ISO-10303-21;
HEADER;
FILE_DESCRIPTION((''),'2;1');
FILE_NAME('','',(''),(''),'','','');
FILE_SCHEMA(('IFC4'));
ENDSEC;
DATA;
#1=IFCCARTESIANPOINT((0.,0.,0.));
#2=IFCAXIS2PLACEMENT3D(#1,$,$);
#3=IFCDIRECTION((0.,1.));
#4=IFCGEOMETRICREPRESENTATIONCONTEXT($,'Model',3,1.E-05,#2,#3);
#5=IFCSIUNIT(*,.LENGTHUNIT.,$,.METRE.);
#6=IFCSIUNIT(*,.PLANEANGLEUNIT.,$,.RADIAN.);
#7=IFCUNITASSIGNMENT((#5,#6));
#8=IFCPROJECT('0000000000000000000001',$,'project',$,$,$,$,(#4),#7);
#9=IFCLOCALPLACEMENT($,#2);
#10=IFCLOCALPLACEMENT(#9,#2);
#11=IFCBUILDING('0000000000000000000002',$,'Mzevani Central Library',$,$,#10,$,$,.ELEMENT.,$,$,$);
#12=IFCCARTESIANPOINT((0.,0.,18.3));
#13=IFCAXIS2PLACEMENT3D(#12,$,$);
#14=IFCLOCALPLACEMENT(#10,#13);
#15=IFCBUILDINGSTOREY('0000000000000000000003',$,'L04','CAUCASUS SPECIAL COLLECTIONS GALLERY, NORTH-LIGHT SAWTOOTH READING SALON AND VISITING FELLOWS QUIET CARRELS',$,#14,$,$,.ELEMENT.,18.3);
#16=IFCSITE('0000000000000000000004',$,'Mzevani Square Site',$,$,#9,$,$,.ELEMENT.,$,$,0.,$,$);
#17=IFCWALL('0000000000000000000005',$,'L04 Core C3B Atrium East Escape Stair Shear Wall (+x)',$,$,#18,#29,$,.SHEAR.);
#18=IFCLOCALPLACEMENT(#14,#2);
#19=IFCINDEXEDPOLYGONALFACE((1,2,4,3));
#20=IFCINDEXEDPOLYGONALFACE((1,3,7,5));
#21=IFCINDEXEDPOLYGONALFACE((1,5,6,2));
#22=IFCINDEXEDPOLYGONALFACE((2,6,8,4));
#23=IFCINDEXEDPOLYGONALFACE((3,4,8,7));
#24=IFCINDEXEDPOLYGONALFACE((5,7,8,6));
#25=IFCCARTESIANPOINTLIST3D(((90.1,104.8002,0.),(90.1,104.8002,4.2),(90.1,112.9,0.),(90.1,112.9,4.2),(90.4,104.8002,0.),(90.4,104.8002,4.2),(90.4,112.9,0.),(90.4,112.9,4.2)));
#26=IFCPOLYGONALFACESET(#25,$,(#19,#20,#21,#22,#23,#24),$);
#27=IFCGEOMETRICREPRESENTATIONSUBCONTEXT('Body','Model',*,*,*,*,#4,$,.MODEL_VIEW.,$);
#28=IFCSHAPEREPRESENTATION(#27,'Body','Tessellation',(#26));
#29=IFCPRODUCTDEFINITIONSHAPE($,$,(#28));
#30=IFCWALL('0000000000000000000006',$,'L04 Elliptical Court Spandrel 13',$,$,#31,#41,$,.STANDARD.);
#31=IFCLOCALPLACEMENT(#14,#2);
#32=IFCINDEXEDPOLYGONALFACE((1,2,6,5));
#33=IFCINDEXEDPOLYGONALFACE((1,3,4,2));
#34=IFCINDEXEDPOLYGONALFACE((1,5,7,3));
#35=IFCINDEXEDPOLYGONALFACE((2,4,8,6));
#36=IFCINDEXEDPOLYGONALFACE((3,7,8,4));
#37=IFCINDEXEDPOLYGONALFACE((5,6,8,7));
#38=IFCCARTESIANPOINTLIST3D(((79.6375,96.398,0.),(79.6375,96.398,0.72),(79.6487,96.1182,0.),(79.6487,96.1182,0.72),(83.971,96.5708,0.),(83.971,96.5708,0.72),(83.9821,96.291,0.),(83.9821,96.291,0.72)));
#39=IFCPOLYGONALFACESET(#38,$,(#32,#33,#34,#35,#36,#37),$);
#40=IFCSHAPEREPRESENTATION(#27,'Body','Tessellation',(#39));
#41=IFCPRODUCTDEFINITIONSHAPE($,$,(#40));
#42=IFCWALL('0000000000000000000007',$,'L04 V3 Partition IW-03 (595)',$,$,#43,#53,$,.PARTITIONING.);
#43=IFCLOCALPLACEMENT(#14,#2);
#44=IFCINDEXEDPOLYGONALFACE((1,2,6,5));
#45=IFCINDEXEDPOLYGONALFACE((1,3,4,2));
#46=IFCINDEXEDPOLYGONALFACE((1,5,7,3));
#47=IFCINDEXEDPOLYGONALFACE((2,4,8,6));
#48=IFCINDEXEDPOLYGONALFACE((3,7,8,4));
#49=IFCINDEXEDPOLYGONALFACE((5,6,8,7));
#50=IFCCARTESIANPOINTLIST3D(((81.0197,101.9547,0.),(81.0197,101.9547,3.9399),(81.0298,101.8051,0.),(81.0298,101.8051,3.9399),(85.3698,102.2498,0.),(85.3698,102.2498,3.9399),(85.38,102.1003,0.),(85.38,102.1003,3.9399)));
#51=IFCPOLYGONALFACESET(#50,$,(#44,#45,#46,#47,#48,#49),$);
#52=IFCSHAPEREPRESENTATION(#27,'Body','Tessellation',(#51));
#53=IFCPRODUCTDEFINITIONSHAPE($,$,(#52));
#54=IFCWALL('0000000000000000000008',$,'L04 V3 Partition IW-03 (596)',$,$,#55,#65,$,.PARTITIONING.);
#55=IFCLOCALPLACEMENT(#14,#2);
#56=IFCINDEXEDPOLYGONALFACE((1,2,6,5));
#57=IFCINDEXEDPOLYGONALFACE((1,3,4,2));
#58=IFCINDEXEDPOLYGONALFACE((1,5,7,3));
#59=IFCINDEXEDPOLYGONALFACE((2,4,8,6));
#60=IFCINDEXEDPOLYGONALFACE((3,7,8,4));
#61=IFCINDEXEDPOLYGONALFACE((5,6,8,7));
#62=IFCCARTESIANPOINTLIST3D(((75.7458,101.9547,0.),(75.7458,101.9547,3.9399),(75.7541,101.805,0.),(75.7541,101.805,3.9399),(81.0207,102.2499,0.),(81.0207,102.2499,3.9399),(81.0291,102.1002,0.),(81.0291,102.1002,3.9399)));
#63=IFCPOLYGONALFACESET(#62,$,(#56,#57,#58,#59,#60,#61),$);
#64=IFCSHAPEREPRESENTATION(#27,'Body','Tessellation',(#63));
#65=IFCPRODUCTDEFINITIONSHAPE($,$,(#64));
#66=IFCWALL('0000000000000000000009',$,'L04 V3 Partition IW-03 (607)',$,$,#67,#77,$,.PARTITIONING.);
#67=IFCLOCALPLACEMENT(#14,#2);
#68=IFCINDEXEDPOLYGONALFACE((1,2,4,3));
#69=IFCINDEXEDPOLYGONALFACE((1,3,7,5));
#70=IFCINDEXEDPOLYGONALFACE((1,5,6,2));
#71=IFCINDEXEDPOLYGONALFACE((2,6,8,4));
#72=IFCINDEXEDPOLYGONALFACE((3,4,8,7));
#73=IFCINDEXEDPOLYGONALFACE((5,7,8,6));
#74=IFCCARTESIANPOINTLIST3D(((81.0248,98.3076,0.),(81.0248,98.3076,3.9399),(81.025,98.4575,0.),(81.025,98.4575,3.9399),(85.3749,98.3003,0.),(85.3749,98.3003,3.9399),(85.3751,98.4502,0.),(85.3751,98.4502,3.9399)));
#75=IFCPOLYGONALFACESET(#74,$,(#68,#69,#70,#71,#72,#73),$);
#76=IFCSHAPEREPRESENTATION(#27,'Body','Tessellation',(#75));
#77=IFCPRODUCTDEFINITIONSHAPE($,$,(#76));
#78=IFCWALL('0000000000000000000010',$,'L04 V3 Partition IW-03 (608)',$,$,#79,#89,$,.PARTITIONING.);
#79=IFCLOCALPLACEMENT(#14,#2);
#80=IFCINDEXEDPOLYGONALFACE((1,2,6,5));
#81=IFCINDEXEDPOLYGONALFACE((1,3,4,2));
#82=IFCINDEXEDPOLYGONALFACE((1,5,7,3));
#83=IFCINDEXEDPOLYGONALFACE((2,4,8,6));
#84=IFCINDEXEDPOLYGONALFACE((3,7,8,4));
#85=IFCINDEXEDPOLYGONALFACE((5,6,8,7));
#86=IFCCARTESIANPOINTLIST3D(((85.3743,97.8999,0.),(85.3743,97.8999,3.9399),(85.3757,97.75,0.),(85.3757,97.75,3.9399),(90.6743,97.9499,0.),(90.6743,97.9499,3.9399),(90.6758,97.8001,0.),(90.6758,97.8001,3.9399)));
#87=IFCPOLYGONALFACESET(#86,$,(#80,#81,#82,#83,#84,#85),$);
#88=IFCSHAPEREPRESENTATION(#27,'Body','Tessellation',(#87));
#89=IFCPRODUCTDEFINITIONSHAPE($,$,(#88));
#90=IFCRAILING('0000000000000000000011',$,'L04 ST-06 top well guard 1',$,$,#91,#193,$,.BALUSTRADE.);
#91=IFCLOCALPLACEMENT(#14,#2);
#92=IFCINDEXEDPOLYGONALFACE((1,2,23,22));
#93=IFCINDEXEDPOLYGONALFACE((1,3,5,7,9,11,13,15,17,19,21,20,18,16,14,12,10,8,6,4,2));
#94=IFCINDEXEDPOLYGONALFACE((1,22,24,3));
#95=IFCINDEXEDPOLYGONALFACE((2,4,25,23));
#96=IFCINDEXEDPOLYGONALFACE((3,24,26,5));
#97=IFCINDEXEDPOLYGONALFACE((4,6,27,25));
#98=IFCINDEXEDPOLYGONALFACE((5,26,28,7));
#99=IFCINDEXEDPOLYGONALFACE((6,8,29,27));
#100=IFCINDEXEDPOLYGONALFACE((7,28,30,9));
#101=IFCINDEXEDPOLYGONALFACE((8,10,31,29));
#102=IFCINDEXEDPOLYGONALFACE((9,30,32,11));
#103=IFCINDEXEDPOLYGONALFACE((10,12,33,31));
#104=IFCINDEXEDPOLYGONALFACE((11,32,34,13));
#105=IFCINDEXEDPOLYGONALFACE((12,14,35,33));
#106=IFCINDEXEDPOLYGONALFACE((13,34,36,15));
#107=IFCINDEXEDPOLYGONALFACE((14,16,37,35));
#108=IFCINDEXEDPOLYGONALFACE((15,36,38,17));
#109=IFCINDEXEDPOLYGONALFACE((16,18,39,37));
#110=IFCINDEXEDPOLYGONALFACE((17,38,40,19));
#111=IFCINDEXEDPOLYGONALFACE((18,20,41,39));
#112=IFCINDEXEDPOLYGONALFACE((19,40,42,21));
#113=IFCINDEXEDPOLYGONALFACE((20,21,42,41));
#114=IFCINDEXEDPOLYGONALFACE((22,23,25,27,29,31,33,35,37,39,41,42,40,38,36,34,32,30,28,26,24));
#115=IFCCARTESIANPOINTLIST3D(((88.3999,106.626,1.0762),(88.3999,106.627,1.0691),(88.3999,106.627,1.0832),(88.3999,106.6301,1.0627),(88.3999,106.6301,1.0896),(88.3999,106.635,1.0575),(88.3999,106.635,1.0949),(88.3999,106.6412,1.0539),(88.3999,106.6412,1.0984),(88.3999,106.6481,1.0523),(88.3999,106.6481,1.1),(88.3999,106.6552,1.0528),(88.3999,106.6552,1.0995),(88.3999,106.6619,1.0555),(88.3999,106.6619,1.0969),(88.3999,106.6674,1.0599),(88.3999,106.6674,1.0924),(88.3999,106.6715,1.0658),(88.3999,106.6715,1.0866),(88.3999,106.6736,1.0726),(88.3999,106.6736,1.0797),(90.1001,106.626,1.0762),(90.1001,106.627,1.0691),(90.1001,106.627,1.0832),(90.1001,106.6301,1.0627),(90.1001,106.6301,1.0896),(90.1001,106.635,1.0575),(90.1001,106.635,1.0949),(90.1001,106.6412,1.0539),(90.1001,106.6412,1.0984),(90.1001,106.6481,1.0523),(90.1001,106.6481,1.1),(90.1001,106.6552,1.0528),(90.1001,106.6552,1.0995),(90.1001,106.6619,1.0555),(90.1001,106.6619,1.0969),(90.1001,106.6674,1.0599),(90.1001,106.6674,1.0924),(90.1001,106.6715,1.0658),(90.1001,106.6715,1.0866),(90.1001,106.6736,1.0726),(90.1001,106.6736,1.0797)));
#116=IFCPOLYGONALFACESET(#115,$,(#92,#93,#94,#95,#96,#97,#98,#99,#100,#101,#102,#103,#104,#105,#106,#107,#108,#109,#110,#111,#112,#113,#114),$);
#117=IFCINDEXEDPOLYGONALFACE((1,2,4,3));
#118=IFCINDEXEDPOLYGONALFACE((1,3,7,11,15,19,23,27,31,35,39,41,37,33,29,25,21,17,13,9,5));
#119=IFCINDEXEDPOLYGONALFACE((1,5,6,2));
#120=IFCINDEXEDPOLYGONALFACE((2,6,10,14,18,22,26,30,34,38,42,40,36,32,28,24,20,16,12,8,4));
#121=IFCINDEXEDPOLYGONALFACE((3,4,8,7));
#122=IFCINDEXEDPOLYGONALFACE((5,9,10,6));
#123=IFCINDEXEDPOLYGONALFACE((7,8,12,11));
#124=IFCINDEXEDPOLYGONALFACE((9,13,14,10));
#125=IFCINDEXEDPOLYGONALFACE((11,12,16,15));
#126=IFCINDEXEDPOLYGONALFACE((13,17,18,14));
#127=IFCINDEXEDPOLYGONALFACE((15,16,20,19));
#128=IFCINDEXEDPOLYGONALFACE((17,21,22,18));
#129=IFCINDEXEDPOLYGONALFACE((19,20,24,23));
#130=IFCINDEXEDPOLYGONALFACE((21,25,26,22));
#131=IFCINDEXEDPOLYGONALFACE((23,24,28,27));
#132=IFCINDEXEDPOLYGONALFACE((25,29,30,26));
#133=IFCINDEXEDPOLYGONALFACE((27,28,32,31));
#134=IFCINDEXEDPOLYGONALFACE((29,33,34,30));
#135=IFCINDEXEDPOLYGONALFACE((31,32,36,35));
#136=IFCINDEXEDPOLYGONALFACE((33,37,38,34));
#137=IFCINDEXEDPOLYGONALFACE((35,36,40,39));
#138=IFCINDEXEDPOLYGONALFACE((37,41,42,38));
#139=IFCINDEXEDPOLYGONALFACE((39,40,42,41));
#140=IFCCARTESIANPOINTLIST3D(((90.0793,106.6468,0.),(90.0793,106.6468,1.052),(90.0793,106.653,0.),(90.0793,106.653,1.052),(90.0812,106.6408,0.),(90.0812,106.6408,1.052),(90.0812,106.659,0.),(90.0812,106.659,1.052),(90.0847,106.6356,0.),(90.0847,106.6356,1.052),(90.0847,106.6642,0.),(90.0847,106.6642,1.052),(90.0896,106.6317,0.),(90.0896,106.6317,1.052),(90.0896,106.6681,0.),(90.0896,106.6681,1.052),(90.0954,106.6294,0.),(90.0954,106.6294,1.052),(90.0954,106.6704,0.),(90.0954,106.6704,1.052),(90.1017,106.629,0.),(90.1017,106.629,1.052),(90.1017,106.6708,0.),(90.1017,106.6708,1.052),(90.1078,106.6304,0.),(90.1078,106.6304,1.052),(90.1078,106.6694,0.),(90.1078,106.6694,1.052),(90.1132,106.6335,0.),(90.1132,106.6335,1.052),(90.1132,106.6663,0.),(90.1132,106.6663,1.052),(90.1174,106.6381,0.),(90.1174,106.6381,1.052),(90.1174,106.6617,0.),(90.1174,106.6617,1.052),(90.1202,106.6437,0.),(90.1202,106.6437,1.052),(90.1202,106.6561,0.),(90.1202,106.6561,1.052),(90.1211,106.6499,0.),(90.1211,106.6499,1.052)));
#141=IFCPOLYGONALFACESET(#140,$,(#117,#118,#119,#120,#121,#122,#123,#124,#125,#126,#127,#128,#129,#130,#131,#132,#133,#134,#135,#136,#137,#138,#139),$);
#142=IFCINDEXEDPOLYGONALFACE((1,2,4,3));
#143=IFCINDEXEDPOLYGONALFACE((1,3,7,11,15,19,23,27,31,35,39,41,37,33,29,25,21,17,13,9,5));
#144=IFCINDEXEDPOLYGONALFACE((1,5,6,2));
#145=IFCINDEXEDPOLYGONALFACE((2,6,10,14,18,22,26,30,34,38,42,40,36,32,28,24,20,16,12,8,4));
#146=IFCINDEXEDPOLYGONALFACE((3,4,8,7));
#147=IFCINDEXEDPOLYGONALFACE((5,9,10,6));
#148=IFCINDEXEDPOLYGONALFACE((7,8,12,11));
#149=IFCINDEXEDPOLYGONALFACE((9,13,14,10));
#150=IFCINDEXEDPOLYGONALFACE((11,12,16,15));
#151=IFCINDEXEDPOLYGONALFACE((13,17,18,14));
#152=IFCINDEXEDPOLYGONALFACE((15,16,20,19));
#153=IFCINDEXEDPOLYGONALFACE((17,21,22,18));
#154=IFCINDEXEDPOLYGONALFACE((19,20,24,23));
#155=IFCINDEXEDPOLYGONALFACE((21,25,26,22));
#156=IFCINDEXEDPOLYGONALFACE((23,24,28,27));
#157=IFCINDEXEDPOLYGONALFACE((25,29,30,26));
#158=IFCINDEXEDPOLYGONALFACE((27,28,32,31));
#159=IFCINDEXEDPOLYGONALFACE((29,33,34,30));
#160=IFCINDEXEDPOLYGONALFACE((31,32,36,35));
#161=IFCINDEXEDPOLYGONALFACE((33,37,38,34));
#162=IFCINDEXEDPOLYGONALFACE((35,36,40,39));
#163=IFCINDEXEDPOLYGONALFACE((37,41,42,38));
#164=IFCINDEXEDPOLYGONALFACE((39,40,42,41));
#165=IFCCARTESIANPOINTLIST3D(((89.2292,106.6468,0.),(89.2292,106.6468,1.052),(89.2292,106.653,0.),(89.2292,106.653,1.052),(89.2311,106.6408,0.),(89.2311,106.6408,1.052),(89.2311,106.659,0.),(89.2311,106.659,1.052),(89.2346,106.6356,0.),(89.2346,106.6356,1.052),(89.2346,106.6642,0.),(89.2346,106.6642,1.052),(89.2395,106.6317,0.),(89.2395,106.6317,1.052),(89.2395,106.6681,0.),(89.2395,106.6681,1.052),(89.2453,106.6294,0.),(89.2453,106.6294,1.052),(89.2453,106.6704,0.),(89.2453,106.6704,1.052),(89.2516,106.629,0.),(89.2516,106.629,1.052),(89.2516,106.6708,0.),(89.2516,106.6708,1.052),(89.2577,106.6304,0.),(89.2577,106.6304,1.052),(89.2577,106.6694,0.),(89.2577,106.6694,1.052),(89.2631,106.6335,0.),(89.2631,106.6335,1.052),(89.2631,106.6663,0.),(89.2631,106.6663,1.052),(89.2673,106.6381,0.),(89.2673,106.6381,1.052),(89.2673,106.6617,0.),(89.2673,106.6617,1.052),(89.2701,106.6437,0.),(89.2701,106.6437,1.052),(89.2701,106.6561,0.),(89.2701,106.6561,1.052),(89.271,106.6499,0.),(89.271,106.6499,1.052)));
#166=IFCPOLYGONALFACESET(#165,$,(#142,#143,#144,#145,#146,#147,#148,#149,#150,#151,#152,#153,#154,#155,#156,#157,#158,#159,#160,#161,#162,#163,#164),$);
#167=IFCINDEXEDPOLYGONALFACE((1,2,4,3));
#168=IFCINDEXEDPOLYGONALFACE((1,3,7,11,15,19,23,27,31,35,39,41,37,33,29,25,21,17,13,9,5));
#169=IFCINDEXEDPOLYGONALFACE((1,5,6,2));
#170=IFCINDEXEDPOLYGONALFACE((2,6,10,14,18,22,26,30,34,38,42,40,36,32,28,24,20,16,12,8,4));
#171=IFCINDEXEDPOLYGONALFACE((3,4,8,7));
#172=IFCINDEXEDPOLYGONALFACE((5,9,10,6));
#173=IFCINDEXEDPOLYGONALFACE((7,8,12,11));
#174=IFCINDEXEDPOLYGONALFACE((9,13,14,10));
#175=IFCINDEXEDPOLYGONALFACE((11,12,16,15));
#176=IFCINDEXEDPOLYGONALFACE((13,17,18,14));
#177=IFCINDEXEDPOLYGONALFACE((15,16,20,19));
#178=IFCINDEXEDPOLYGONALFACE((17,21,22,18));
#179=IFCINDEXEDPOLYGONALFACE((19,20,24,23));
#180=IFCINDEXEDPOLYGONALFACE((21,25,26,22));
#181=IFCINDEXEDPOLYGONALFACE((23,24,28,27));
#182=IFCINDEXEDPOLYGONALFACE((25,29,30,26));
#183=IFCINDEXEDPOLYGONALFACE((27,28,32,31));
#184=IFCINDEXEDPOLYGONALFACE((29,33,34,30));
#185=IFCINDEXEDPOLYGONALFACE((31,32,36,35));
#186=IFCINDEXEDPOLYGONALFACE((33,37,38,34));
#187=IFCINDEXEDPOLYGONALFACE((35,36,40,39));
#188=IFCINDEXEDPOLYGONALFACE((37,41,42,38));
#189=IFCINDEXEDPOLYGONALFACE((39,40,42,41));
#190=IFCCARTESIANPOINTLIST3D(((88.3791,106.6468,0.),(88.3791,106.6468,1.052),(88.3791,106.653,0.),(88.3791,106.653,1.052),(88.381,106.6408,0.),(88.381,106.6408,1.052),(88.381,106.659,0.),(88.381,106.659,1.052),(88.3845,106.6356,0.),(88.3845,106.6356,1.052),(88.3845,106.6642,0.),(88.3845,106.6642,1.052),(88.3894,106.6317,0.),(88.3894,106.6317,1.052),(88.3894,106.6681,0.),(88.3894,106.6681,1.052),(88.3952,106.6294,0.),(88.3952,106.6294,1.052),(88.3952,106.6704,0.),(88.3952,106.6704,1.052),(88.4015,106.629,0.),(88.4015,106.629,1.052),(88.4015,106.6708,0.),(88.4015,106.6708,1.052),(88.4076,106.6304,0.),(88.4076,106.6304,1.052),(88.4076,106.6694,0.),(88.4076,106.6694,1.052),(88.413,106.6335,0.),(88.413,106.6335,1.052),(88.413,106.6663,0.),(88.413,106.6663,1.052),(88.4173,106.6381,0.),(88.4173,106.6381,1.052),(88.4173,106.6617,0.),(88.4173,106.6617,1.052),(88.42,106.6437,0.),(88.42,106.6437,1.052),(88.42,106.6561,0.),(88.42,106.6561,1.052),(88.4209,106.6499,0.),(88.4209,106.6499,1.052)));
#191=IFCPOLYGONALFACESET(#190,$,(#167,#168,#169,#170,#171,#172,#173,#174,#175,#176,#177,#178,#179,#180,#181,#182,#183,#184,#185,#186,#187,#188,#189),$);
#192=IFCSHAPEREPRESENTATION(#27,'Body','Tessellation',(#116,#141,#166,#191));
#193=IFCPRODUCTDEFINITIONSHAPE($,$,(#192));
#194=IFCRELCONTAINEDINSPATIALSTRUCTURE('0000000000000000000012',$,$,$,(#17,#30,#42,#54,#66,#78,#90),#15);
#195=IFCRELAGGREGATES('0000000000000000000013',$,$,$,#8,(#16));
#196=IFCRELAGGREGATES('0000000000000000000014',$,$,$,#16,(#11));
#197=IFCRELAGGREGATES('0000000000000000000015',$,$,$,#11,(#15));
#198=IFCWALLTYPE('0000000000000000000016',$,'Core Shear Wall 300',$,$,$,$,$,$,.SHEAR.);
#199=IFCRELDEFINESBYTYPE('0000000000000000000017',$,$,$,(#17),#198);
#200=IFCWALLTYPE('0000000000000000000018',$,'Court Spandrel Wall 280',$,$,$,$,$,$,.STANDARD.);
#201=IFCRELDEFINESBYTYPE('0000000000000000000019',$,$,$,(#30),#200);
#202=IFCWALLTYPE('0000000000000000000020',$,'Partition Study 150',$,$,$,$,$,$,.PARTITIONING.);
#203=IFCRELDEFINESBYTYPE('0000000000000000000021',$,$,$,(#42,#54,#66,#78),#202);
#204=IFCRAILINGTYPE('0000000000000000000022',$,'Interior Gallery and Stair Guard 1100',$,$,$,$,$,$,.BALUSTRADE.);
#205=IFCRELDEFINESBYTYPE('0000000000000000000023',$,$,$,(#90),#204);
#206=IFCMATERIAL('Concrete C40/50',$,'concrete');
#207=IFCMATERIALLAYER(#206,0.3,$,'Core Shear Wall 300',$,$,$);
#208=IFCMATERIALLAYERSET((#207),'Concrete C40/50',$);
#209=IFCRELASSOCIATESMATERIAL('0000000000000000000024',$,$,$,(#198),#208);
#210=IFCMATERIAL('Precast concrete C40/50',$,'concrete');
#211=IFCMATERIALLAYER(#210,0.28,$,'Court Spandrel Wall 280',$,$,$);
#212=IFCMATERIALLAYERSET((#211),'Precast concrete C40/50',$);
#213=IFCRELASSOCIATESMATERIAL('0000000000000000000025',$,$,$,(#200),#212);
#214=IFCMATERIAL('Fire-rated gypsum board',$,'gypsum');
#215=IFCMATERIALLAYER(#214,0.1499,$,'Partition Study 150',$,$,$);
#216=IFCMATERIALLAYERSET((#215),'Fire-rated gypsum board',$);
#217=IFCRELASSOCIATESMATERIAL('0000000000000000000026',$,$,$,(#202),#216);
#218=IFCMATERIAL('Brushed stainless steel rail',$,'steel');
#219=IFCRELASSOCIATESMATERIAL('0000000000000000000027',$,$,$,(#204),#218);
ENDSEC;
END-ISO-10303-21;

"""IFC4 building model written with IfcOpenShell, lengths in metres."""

from ifc_helpers import new_model, si_unit, direction, frame, frame_2d, origin, origin_2d, place, context, subcontext, project, spatial, rectangle, circle, extrude, material, layer, layer_set, type_object, element, save


model = new_model("IFC4")

# Units and contexts
model_context = context("Model", 3, precision=1e-05, world=origin(), true_north=direction((0.0, 1.0)))
body_context = subcontext(model_context, "Body", "Model", "MODEL_VIEW")
ifc_project = project(units=[si_unit("LENGTHUNIT", "METRE"), si_unit("PLANEANGLEUNIT", "RADIAN")], contexts=[model_context])

# Site, building, storey
site_placement = place(None, origin())
site = spatial("IfcSite", under=ifc_project, at=site_placement, Name="Mzevani Square Site", CompositionType="ELEMENT", RefElevation=0.0)
building_placement = place(site_placement, origin())
building = spatial("IfcBuilding", under=site, at=building_placement, Name="Mzevani Central Library", CompositionType="ELEMENT")
storey_placement = place(building_placement, frame((0.0, 0.0, 18.3)))
storey = spatial("IfcBuildingStorey", under=building, at=storey_placement, Name="L04", Description="CAUCASUS SPECIAL COLLECTIONS GALLERY, NORTH-LIGHT SAWTOOTH READING SALON AND VISITING FELLOWS QUIET CARRELS", CompositionType="ELEMENT", Elevation=18.3)

# Shared definitions
ifc_material_1 = material(Name="Concrete C40/50", Category="concrete")

# Walls
ifc_layer_1 = layer(ifc_material_1, 0.3, Name="Core Shear Wall 300")
ifc_layer_set_1 = layer_set([ifc_layer_1], Name="Concrete C40/50")
wall_type_1 = type_object("IfcWallType", Name="Core Shear Wall 300", PredefinedType="SHEAR", material=ifc_layer_set_1)
wall_1_placement = place(storey_placement, frame((90.25, 112.8999, 0.0), z_axis=(0.0, 0.0, 1.0), x_axis=(0.0, -1.0, 0.0)))
element("IfcWall", 1, at=wall_1_placement, inside=storey, type_object=wall_type_1, Name="L04 Core C3B Atrium East Escape Stair Shear Wall (+x)", PredefinedType="SHEAR", context=body_context, shape_type="SweptSolid", body=[
    extrude(rectangle(XDim=8.0999, YDim=0.3, at=frame_2d((4.0498, 0.0))), origin(), (0.0, 0.0, 1.0), 4.2),
])
ifc_material_2 = material(Name="Precast concrete C40/50", Category="concrete")
ifc_layer_2 = layer(ifc_material_2, 0.28, Name="Court Spandrel Wall 280")
ifc_layer_set_2 = layer_set([ifc_layer_2], Name="Precast concrete C40/50")
wall_type_2 = type_object("IfcWallType", Name="Court Spandrel Wall 280", PredefinedType="STANDARD", material=ifc_layer_set_2)
wall_2_placement = place(storey_placement, frame((83.9766, 96.4309, 0.0), z_axis=(0.0, 0.0, 1.0), x_axis=(-0.999205, -0.039856, 0.0)))
element("IfcWall", 2, at=wall_2_placement, inside=storey, type_object=wall_type_2, Name="L04 Elliptical Court Spandrel 13", PredefinedType="STANDARD", context=body_context, shape_type="SweptSolid", body=[
    extrude(rectangle(XDim=4.3369, YDim=0.28, at=frame_2d((2.1685, 0.0))), origin(), (0.0, 0.0, 1.0), 0.72),
])
ifc_material_3 = material(Name="Fire-rated gypsum board", Category="gypsum")
ifc_layer_3 = layer(ifc_material_3, 0.1499, Name="Partition Study 150")
ifc_layer_set_3 = layer_set([ifc_layer_3], Name="Fire-rated gypsum board")
wall_type_3 = type_object("IfcWallType", Name="Partition Study 150", PredefinedType="PARTITIONING", material=ifc_layer_set_3)
wall_3_placement = place(storey_placement, frame((85.375, 102.175, 0.0), z_axis=(0.0, 0.0, 1.0), x_axis=(-0.997706, -0.067697, 0.0)))
element("IfcWall", 3, at=wall_3_placement, inside=storey, type_object=wall_type_3, Name="L04 V3 Partition IW-03 (595)", PredefinedType="PARTITIONING", context=body_context, shape_type="SweptSolid", body=[
    extrude(rectangle(XDim=4.3601, YDim=0.1499, at=frame_2d((2.1802, 0.0))), origin(), (0.0, 0.0, 1.0), 3.9399),
])
wall_4_placement = place(storey_placement, frame((81.0249, 102.175, 0.0), z_axis=(0.0, 0.0, 1.0), x_axis=(-0.998438, -0.055869, 0.0)))
element("IfcWall", 4, at=wall_4_placement, inside=storey, type_object=wall_type_3, Name="L04 V3 Partition IW-03 (596)", PredefinedType="PARTITIONING", context=body_context, shape_type="SweptSolid", body=[
    extrude(rectangle(XDim=5.2832, YDim=0.1499, at=frame_2d((2.6416, 0.0))), origin(), (0.0, 0.0, 1.0), 3.9399),
])
wall_5_placement = place(storey_placement, frame((81.0249, 98.3826, 0.0), z_axis=(0.0, 0.0, 1.0), x_axis=(0.999999, -0.001684, 0.0)))
element("IfcWall", 5, at=wall_5_placement, inside=storey, type_object=wall_type_3, Name="L04 V3 Partition IW-03 (607)", PredefinedType="PARTITIONING", context=body_context, shape_type="SweptSolid", body=[
    extrude(rectangle(XDim=4.3501, YDim=0.1499, at=frame_2d((2.175, 0.0))), origin(), (0.0, 0.0, 1.0), 3.9399),
])
wall_6_placement = place(storey_placement, frame((85.375, 97.825, 0.0), z_axis=(0.0, 0.0, 1.0), x_axis=(0.999955, 0.009443, 0.0)))
element("IfcWall", 6, at=wall_6_placement, inside=storey, type_object=wall_type_3, Name="L04 V3 Partition IW-03 (608)", PredefinedType="PARTITIONING", context=body_context, shape_type="SweptSolid", body=[
    extrude(rectangle(XDim=5.3003, YDim=0.1499, at=frame_2d((2.6501, 0.0))), origin(), (0.0, 0.0, 1.0), 3.9399),
])

# Railing
ifc_material_4 = material(Name="Brushed stainless steel rail", Category="steel")
railing_type = type_object("IfcRailingType", Name="Interior Gallery and Stair Guard 1100", PredefinedType="BALUSTRADE", material=ifc_material_4)
railing_placement = place(storey_placement, frame((90.1001, 106.6499, 0.0)))
element("IfcRailing", 7, at=railing_placement, inside=storey, type_object=railing_type, Name="L04 ST-06 top well guard 1", PredefinedType="BALUSTRADE", context=body_context, shape_type="SweptSolid", body=[
    extrude(circle(Radius=0.0239, at=origin_2d()), frame((0.0, 0.0, 1.0762), z_axis=(-1.0, 0.0, 0.0), x_axis=(0.0, -1.0, 0.0)), (0.0, 0.0, 1.0), 1.7002),
    extrude(circle(Radius=0.021, at=origin_2d()), origin(), (0.0, 0.0, 1.0), 1.052),
    extrude(circle(Radius=0.021, at=origin_2d()), frame((-0.8501, 0.0, 0.0)), (0.0, 0.0, 1.0), 1.052),
    extrude(circle(Radius=0.021, at=origin_2d()), frame((-1.7002, 0.0, 0.0)), (0.0, 0.0, 1.0), 1.052),
])

save(model, "model.ifc")
